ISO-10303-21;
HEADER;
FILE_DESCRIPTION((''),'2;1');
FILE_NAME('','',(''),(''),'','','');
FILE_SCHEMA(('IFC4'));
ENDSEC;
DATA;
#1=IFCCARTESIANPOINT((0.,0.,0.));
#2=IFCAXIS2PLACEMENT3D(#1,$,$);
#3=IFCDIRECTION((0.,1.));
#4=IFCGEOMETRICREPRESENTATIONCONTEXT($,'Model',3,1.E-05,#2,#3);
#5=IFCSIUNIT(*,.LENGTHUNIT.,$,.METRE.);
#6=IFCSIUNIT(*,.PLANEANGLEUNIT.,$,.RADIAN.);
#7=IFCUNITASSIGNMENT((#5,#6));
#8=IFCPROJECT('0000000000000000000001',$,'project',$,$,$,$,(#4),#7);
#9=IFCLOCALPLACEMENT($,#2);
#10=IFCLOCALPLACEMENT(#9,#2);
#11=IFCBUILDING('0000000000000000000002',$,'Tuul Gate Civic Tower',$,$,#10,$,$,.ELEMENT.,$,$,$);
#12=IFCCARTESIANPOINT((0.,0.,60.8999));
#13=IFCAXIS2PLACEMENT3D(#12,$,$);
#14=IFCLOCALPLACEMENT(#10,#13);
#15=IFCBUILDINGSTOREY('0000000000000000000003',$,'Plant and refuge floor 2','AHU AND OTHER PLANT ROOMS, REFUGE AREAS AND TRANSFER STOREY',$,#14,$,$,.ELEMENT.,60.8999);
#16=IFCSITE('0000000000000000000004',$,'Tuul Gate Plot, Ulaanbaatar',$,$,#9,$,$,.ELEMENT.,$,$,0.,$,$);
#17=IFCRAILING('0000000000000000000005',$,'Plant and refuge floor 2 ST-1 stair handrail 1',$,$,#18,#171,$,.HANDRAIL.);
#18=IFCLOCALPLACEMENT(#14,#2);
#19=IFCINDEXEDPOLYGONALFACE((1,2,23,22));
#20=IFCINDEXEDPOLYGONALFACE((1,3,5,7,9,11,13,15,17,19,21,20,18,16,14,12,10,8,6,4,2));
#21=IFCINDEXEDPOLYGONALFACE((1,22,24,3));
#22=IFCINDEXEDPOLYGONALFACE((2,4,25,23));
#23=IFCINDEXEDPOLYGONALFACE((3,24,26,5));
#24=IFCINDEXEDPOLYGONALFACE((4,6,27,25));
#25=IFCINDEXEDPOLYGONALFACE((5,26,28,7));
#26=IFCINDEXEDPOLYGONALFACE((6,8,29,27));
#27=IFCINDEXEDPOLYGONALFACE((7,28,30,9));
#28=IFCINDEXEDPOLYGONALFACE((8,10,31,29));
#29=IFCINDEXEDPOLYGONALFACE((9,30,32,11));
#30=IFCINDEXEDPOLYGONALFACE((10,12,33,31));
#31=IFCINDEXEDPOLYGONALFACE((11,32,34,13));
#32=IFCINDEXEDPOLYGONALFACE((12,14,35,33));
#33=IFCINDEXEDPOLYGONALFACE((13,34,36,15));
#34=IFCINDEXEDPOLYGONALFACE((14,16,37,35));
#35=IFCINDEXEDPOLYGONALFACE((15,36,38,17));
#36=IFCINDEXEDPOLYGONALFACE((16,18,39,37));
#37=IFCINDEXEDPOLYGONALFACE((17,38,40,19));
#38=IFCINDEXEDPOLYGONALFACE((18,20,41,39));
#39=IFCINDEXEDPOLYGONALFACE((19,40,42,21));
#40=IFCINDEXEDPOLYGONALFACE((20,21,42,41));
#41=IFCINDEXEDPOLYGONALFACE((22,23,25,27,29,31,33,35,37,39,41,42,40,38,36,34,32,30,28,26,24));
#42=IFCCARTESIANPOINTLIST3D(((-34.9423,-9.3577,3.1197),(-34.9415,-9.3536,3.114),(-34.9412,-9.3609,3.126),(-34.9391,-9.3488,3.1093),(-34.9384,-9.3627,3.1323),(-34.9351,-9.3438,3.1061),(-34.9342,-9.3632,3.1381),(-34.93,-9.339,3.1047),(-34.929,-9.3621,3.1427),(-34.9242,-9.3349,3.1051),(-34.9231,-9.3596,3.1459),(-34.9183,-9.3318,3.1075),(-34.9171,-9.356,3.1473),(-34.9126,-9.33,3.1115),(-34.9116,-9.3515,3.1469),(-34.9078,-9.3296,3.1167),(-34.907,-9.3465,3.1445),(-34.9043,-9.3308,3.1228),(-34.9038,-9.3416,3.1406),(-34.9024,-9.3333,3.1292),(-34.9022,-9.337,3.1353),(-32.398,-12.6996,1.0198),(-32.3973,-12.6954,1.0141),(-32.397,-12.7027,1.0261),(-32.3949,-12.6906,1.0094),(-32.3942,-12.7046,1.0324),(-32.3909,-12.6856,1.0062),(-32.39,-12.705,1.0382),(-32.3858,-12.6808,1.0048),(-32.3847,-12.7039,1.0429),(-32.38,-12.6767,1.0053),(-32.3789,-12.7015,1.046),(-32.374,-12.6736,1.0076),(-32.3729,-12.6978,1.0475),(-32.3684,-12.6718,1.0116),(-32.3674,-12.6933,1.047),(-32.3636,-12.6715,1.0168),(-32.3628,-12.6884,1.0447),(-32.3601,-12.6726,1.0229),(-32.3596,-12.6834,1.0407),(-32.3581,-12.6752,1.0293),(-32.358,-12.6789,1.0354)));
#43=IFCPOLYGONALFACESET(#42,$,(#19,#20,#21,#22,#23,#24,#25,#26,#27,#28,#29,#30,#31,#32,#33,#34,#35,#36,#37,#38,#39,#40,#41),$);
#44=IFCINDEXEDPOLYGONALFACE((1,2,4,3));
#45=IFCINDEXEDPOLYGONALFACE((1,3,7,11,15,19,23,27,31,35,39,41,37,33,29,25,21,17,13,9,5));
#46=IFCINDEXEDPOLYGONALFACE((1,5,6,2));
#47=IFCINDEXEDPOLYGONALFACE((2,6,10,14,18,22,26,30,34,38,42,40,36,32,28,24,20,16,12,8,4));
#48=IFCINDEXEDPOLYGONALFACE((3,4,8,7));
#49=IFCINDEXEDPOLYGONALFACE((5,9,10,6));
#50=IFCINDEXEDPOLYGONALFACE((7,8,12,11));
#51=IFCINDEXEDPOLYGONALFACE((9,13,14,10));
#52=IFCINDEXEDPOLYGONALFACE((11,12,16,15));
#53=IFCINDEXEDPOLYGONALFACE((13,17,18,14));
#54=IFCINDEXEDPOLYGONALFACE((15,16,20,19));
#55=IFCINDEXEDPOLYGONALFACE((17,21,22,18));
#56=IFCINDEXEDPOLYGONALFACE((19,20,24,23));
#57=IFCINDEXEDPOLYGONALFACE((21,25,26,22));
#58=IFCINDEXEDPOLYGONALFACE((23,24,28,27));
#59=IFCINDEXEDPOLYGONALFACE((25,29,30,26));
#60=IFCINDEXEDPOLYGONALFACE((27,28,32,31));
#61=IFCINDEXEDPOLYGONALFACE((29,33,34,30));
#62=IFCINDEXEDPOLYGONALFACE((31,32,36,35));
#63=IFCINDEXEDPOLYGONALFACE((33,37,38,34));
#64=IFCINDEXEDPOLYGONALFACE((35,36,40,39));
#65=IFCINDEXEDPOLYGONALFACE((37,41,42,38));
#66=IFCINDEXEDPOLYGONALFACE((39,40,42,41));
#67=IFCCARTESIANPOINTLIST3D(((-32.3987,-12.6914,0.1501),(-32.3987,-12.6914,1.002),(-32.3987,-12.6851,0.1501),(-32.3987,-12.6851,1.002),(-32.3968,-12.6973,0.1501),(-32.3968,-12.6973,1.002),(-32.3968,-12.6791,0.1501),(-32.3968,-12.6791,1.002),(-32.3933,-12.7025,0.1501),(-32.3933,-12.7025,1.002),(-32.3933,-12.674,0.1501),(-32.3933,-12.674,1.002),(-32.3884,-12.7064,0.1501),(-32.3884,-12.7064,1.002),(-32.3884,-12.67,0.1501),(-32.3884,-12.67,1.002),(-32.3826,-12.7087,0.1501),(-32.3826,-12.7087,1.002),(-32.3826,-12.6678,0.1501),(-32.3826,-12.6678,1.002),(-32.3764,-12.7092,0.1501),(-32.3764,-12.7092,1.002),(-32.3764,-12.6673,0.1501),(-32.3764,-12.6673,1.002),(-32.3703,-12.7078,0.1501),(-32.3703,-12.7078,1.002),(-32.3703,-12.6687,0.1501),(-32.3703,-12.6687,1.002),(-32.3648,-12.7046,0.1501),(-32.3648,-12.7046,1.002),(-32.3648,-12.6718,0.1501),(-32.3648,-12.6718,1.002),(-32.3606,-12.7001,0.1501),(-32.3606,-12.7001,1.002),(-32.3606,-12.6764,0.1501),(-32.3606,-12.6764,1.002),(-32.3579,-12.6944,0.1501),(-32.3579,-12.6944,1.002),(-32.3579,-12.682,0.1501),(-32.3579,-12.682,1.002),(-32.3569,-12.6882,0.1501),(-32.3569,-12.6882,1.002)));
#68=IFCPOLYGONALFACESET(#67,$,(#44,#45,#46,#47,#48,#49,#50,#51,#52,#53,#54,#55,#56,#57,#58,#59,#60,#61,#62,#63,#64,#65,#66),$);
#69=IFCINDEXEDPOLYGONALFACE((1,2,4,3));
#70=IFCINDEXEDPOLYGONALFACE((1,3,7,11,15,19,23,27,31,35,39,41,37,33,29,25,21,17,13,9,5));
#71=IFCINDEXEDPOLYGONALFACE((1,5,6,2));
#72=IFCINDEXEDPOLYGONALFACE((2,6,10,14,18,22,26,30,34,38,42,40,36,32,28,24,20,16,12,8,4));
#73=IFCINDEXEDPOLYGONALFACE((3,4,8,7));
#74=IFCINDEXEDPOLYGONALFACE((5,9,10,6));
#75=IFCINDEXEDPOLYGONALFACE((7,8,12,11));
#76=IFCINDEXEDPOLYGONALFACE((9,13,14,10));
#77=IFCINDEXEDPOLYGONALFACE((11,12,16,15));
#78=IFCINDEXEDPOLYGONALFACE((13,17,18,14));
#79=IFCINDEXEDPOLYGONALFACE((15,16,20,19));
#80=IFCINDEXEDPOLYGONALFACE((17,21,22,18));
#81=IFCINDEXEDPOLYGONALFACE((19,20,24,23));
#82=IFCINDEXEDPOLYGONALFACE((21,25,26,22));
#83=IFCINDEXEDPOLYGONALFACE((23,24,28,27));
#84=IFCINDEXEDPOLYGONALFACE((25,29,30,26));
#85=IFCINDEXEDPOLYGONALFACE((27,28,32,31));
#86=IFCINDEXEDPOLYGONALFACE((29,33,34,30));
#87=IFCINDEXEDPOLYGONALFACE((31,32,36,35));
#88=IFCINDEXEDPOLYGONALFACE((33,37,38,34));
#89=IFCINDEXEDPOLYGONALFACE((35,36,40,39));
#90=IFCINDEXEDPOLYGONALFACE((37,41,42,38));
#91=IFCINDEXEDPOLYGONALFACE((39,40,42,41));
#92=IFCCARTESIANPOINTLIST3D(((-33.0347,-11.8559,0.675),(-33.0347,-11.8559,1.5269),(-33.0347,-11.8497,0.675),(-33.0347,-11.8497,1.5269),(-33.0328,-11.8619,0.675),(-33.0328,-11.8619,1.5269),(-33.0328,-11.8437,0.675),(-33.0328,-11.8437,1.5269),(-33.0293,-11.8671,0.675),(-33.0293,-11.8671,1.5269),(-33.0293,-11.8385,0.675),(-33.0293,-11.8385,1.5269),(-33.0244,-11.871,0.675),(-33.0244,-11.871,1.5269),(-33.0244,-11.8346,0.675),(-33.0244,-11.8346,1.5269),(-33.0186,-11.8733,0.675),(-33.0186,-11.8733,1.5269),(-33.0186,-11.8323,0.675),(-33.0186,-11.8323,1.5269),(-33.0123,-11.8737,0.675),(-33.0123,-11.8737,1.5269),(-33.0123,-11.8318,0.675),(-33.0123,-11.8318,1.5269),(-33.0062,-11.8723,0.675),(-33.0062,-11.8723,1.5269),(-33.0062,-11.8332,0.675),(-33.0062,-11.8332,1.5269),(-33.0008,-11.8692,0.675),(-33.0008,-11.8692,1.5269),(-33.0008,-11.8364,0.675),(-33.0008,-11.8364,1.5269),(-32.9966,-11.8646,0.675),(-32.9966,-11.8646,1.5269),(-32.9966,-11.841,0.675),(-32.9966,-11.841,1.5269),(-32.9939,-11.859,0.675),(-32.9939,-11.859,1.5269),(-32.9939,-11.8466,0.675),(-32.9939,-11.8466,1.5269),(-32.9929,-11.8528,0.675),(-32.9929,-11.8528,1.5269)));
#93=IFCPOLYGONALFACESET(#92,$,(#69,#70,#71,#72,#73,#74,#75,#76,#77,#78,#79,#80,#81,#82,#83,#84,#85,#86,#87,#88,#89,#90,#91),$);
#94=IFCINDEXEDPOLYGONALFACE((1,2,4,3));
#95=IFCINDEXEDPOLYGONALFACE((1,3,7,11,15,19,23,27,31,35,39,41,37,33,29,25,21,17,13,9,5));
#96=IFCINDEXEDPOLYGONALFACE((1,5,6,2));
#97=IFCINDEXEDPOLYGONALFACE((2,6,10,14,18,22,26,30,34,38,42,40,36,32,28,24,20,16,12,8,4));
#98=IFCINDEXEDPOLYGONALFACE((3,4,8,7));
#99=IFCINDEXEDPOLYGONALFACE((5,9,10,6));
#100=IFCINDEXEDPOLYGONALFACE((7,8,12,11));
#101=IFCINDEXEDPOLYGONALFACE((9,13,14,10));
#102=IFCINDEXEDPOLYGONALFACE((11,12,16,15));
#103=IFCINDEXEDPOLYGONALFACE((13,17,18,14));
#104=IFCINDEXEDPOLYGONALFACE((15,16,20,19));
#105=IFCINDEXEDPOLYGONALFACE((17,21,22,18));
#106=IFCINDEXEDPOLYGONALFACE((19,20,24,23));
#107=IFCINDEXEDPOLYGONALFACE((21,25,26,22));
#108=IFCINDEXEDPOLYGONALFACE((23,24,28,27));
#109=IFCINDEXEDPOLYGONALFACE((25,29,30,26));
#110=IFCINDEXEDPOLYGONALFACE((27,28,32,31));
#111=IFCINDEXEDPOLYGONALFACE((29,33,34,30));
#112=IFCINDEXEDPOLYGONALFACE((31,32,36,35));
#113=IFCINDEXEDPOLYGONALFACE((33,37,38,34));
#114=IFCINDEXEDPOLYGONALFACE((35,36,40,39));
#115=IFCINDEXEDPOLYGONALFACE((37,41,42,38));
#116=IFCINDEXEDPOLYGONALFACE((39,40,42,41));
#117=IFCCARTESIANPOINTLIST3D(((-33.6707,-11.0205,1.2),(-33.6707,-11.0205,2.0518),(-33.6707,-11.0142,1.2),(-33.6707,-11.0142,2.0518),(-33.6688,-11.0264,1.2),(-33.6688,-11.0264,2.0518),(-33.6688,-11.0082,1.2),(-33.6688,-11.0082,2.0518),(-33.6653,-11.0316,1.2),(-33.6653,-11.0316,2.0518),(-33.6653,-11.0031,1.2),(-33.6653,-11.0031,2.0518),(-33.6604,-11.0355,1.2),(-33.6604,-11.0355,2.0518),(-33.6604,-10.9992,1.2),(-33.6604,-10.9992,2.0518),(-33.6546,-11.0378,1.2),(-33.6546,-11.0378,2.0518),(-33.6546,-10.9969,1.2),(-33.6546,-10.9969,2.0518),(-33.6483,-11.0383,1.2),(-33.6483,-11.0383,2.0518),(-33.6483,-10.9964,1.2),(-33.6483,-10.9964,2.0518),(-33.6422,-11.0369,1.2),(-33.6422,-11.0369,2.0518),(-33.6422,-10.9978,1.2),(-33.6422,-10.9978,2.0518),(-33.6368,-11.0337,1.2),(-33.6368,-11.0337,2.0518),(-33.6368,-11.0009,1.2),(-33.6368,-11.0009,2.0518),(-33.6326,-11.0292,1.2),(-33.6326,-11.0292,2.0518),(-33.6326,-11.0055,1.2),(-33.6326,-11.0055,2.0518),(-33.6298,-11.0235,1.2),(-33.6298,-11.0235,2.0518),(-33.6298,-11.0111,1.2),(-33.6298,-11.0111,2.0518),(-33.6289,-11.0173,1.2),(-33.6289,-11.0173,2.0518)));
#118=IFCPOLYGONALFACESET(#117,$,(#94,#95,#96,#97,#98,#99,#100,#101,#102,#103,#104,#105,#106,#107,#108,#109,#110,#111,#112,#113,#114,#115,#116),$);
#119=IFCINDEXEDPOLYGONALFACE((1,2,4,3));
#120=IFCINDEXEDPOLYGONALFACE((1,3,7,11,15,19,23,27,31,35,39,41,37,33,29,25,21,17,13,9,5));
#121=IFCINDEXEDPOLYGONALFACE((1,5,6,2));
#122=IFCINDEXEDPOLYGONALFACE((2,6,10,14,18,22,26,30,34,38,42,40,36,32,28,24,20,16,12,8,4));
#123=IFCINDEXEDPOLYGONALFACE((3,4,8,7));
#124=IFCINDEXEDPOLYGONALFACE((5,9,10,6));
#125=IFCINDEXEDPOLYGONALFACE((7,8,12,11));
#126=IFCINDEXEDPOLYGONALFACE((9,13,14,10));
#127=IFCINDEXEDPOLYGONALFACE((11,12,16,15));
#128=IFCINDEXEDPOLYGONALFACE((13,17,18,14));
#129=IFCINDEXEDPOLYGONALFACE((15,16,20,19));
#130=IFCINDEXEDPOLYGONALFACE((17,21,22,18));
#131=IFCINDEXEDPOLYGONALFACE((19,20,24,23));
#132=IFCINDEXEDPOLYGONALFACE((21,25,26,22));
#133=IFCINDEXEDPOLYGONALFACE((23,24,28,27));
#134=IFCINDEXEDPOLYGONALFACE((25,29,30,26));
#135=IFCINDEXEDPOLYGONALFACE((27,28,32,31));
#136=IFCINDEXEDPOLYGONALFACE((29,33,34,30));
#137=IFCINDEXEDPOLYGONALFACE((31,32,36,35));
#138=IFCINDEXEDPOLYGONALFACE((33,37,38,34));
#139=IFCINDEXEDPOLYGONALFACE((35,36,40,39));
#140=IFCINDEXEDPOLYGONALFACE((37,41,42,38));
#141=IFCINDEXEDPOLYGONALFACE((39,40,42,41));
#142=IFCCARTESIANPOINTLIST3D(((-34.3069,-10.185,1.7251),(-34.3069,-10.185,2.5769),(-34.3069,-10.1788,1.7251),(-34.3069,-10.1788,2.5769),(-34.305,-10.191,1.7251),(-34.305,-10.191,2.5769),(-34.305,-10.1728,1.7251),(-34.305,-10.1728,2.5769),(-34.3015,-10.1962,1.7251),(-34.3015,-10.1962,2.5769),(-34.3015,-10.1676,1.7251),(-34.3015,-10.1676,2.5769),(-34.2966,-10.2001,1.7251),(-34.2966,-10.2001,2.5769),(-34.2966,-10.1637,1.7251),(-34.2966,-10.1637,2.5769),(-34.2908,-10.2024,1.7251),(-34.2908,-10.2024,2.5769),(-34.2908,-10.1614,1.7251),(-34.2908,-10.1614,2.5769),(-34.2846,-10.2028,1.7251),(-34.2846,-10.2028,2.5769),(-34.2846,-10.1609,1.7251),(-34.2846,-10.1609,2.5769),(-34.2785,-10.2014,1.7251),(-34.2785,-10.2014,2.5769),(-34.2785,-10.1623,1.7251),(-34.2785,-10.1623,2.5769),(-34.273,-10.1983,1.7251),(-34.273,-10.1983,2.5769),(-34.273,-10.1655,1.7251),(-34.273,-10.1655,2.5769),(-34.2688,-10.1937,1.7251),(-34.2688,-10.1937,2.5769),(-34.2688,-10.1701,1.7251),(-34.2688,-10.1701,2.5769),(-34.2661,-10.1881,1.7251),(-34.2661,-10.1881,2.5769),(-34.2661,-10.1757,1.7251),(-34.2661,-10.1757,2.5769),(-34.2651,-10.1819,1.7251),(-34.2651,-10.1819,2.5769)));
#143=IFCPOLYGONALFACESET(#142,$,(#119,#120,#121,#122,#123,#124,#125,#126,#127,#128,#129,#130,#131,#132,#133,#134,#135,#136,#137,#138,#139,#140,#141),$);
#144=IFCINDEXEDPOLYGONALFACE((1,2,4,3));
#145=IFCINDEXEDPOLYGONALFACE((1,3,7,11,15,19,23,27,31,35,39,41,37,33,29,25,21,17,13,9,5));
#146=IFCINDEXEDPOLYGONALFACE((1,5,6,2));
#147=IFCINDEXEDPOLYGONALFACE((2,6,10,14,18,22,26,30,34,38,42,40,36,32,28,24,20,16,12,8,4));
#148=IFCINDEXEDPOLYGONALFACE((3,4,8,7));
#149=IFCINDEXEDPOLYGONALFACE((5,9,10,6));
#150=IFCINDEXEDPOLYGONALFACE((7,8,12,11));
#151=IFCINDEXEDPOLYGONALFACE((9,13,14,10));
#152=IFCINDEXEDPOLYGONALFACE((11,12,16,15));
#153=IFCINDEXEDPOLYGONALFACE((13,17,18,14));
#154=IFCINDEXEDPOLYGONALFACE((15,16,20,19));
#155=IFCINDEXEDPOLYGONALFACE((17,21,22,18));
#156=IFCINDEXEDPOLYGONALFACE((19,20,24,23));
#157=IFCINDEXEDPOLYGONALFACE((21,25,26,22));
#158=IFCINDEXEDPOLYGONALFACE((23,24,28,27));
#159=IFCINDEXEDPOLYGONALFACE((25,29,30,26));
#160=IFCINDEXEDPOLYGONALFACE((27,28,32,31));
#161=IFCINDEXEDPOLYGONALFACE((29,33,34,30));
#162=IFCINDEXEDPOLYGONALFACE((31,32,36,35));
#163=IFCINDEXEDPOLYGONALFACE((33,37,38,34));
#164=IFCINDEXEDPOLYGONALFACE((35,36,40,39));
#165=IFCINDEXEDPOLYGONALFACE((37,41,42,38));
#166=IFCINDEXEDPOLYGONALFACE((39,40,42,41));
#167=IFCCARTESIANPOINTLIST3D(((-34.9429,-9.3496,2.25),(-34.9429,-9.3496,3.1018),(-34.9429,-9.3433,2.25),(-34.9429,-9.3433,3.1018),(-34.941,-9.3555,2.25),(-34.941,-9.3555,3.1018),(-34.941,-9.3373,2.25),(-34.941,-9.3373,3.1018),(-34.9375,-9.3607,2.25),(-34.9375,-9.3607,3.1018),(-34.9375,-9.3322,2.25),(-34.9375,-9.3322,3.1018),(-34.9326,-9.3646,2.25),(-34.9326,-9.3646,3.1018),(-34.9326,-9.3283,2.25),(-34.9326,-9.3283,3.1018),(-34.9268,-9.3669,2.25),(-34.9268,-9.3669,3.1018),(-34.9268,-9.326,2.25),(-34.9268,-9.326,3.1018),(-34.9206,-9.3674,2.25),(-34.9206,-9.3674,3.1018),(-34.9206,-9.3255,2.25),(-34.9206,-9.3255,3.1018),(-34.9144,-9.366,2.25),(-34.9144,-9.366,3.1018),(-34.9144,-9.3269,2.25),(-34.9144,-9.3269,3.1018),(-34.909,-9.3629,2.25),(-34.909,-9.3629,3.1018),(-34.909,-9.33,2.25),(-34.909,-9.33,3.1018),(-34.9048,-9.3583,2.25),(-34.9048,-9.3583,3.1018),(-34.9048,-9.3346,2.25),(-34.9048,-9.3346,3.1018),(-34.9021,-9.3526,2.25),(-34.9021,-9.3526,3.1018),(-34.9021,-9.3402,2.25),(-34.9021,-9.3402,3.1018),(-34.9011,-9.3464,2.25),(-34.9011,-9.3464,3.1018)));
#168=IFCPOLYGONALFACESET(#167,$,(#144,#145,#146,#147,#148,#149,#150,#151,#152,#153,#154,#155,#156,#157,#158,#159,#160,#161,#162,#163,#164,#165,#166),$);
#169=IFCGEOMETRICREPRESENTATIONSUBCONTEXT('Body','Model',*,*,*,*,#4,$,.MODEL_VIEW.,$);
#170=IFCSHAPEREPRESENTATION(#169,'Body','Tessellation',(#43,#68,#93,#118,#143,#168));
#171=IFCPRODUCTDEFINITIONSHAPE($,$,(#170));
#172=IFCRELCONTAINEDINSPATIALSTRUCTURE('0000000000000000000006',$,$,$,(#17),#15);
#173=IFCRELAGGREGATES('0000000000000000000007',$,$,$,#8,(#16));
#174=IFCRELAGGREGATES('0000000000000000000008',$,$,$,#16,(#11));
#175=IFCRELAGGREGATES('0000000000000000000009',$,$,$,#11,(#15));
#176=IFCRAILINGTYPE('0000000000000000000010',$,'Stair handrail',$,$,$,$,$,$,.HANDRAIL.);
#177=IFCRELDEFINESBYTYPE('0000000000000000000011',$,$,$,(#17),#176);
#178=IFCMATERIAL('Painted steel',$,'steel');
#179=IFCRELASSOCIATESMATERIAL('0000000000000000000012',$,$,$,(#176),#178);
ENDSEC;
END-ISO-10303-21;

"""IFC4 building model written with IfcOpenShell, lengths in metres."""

from ifc_helpers import new_model, si_unit, direction, frame, origin, origin_2d, place, context, subcontext, project, spatial, circle, extrude, material, type_object, element, save


model = new_model("IFC4")

# Units and contexts
model_context = context("Model", 3, precision=1e-05, world=origin(), true_north=direction((0.0, 1.0)))
body_context = subcontext(model_context, "Body", "Model", "MODEL_VIEW")
ifc_project = project(units=[si_unit("LENGTHUNIT", "METRE"), si_unit("PLANEANGLEUNIT", "RADIAN")], contexts=[model_context])

# Site, building, storey
site_placement = place(None, origin())
site = spatial("IfcSite", under=ifc_project, at=site_placement, Name="Tuul Gate Plot, Ulaanbaatar", CompositionType="ELEMENT", RefElevation=0.0)
building_placement = place(site_placement, origin())
building = spatial("IfcBuilding", under=site, at=building_placement, Name="Tuul Gate Civic Tower", CompositionType="ELEMENT")
storey_placement = place(building_placement, frame((0.0, 0.0, 60.8999)))
storey = spatial("IfcBuildingStorey", under=building, at=storey_placement, Name="Plant and refuge floor 2", Description="AHU AND OTHER PLANT ROOMS, REFUGE AREAS AND TRANSFER STOREY", CompositionType="ELEMENT", Elevation=60.8999)

# Railing
ifc_material_1 = material(Name="Painted steel", Category="steel")
railing_type_1 = type_object("IfcRailingType", Name="Stair handrail", PredefinedType="HANDRAIL", material=ifc_material_1)
railing_1_placement = place(storey_placement, frame((-32.3779, -12.6882, 0.1501)))
element("IfcRailing", 1, at=railing_1_placement, inside=storey, type_object=railing_type_1, Name="Plant and refuge floor 2 ST-1 stair handrail 1", PredefinedType="HANDRAIL", context=body_context, shape_type="SweptSolid", body=[
    extrude(circle(Radius=0.0239, at=origin_2d()), frame((0.0, 0.0, 0.876), z_axis=(-0.541809, 0.711667, 0.447184), x_axis=(-0.795655, -0.605751, 0.0)), (0.0, 0.0, 1.0), 4.6958),
    extrude(circle(Radius=0.021, at=origin_2d()), origin(), (0.0, 0.0, 1.0), 0.8518),
    extrude(circle(Radius=0.021, at=origin_2d()), frame((-0.636, 0.8354, 0.5249)), (0.0, 0.0, 1.0), 0.8518),
    extrude(circle(Radius=0.021, at=origin_2d()), frame((-1.272, 1.6709, 1.0498)), (0.0, 0.0, 1.0), 0.8518),
    extrude(circle(Radius=0.021, at=origin_2d()), frame((-1.9082, 2.5063, 1.575)), (0.0, 0.0, 1.0), 0.8518),
    extrude(circle(Radius=0.021, at=origin_2d()), frame((-2.5442, 3.3418, 2.0999)), (0.0, 0.0, 1.0), 0.8518),
])

save(model, "model.ifc")
